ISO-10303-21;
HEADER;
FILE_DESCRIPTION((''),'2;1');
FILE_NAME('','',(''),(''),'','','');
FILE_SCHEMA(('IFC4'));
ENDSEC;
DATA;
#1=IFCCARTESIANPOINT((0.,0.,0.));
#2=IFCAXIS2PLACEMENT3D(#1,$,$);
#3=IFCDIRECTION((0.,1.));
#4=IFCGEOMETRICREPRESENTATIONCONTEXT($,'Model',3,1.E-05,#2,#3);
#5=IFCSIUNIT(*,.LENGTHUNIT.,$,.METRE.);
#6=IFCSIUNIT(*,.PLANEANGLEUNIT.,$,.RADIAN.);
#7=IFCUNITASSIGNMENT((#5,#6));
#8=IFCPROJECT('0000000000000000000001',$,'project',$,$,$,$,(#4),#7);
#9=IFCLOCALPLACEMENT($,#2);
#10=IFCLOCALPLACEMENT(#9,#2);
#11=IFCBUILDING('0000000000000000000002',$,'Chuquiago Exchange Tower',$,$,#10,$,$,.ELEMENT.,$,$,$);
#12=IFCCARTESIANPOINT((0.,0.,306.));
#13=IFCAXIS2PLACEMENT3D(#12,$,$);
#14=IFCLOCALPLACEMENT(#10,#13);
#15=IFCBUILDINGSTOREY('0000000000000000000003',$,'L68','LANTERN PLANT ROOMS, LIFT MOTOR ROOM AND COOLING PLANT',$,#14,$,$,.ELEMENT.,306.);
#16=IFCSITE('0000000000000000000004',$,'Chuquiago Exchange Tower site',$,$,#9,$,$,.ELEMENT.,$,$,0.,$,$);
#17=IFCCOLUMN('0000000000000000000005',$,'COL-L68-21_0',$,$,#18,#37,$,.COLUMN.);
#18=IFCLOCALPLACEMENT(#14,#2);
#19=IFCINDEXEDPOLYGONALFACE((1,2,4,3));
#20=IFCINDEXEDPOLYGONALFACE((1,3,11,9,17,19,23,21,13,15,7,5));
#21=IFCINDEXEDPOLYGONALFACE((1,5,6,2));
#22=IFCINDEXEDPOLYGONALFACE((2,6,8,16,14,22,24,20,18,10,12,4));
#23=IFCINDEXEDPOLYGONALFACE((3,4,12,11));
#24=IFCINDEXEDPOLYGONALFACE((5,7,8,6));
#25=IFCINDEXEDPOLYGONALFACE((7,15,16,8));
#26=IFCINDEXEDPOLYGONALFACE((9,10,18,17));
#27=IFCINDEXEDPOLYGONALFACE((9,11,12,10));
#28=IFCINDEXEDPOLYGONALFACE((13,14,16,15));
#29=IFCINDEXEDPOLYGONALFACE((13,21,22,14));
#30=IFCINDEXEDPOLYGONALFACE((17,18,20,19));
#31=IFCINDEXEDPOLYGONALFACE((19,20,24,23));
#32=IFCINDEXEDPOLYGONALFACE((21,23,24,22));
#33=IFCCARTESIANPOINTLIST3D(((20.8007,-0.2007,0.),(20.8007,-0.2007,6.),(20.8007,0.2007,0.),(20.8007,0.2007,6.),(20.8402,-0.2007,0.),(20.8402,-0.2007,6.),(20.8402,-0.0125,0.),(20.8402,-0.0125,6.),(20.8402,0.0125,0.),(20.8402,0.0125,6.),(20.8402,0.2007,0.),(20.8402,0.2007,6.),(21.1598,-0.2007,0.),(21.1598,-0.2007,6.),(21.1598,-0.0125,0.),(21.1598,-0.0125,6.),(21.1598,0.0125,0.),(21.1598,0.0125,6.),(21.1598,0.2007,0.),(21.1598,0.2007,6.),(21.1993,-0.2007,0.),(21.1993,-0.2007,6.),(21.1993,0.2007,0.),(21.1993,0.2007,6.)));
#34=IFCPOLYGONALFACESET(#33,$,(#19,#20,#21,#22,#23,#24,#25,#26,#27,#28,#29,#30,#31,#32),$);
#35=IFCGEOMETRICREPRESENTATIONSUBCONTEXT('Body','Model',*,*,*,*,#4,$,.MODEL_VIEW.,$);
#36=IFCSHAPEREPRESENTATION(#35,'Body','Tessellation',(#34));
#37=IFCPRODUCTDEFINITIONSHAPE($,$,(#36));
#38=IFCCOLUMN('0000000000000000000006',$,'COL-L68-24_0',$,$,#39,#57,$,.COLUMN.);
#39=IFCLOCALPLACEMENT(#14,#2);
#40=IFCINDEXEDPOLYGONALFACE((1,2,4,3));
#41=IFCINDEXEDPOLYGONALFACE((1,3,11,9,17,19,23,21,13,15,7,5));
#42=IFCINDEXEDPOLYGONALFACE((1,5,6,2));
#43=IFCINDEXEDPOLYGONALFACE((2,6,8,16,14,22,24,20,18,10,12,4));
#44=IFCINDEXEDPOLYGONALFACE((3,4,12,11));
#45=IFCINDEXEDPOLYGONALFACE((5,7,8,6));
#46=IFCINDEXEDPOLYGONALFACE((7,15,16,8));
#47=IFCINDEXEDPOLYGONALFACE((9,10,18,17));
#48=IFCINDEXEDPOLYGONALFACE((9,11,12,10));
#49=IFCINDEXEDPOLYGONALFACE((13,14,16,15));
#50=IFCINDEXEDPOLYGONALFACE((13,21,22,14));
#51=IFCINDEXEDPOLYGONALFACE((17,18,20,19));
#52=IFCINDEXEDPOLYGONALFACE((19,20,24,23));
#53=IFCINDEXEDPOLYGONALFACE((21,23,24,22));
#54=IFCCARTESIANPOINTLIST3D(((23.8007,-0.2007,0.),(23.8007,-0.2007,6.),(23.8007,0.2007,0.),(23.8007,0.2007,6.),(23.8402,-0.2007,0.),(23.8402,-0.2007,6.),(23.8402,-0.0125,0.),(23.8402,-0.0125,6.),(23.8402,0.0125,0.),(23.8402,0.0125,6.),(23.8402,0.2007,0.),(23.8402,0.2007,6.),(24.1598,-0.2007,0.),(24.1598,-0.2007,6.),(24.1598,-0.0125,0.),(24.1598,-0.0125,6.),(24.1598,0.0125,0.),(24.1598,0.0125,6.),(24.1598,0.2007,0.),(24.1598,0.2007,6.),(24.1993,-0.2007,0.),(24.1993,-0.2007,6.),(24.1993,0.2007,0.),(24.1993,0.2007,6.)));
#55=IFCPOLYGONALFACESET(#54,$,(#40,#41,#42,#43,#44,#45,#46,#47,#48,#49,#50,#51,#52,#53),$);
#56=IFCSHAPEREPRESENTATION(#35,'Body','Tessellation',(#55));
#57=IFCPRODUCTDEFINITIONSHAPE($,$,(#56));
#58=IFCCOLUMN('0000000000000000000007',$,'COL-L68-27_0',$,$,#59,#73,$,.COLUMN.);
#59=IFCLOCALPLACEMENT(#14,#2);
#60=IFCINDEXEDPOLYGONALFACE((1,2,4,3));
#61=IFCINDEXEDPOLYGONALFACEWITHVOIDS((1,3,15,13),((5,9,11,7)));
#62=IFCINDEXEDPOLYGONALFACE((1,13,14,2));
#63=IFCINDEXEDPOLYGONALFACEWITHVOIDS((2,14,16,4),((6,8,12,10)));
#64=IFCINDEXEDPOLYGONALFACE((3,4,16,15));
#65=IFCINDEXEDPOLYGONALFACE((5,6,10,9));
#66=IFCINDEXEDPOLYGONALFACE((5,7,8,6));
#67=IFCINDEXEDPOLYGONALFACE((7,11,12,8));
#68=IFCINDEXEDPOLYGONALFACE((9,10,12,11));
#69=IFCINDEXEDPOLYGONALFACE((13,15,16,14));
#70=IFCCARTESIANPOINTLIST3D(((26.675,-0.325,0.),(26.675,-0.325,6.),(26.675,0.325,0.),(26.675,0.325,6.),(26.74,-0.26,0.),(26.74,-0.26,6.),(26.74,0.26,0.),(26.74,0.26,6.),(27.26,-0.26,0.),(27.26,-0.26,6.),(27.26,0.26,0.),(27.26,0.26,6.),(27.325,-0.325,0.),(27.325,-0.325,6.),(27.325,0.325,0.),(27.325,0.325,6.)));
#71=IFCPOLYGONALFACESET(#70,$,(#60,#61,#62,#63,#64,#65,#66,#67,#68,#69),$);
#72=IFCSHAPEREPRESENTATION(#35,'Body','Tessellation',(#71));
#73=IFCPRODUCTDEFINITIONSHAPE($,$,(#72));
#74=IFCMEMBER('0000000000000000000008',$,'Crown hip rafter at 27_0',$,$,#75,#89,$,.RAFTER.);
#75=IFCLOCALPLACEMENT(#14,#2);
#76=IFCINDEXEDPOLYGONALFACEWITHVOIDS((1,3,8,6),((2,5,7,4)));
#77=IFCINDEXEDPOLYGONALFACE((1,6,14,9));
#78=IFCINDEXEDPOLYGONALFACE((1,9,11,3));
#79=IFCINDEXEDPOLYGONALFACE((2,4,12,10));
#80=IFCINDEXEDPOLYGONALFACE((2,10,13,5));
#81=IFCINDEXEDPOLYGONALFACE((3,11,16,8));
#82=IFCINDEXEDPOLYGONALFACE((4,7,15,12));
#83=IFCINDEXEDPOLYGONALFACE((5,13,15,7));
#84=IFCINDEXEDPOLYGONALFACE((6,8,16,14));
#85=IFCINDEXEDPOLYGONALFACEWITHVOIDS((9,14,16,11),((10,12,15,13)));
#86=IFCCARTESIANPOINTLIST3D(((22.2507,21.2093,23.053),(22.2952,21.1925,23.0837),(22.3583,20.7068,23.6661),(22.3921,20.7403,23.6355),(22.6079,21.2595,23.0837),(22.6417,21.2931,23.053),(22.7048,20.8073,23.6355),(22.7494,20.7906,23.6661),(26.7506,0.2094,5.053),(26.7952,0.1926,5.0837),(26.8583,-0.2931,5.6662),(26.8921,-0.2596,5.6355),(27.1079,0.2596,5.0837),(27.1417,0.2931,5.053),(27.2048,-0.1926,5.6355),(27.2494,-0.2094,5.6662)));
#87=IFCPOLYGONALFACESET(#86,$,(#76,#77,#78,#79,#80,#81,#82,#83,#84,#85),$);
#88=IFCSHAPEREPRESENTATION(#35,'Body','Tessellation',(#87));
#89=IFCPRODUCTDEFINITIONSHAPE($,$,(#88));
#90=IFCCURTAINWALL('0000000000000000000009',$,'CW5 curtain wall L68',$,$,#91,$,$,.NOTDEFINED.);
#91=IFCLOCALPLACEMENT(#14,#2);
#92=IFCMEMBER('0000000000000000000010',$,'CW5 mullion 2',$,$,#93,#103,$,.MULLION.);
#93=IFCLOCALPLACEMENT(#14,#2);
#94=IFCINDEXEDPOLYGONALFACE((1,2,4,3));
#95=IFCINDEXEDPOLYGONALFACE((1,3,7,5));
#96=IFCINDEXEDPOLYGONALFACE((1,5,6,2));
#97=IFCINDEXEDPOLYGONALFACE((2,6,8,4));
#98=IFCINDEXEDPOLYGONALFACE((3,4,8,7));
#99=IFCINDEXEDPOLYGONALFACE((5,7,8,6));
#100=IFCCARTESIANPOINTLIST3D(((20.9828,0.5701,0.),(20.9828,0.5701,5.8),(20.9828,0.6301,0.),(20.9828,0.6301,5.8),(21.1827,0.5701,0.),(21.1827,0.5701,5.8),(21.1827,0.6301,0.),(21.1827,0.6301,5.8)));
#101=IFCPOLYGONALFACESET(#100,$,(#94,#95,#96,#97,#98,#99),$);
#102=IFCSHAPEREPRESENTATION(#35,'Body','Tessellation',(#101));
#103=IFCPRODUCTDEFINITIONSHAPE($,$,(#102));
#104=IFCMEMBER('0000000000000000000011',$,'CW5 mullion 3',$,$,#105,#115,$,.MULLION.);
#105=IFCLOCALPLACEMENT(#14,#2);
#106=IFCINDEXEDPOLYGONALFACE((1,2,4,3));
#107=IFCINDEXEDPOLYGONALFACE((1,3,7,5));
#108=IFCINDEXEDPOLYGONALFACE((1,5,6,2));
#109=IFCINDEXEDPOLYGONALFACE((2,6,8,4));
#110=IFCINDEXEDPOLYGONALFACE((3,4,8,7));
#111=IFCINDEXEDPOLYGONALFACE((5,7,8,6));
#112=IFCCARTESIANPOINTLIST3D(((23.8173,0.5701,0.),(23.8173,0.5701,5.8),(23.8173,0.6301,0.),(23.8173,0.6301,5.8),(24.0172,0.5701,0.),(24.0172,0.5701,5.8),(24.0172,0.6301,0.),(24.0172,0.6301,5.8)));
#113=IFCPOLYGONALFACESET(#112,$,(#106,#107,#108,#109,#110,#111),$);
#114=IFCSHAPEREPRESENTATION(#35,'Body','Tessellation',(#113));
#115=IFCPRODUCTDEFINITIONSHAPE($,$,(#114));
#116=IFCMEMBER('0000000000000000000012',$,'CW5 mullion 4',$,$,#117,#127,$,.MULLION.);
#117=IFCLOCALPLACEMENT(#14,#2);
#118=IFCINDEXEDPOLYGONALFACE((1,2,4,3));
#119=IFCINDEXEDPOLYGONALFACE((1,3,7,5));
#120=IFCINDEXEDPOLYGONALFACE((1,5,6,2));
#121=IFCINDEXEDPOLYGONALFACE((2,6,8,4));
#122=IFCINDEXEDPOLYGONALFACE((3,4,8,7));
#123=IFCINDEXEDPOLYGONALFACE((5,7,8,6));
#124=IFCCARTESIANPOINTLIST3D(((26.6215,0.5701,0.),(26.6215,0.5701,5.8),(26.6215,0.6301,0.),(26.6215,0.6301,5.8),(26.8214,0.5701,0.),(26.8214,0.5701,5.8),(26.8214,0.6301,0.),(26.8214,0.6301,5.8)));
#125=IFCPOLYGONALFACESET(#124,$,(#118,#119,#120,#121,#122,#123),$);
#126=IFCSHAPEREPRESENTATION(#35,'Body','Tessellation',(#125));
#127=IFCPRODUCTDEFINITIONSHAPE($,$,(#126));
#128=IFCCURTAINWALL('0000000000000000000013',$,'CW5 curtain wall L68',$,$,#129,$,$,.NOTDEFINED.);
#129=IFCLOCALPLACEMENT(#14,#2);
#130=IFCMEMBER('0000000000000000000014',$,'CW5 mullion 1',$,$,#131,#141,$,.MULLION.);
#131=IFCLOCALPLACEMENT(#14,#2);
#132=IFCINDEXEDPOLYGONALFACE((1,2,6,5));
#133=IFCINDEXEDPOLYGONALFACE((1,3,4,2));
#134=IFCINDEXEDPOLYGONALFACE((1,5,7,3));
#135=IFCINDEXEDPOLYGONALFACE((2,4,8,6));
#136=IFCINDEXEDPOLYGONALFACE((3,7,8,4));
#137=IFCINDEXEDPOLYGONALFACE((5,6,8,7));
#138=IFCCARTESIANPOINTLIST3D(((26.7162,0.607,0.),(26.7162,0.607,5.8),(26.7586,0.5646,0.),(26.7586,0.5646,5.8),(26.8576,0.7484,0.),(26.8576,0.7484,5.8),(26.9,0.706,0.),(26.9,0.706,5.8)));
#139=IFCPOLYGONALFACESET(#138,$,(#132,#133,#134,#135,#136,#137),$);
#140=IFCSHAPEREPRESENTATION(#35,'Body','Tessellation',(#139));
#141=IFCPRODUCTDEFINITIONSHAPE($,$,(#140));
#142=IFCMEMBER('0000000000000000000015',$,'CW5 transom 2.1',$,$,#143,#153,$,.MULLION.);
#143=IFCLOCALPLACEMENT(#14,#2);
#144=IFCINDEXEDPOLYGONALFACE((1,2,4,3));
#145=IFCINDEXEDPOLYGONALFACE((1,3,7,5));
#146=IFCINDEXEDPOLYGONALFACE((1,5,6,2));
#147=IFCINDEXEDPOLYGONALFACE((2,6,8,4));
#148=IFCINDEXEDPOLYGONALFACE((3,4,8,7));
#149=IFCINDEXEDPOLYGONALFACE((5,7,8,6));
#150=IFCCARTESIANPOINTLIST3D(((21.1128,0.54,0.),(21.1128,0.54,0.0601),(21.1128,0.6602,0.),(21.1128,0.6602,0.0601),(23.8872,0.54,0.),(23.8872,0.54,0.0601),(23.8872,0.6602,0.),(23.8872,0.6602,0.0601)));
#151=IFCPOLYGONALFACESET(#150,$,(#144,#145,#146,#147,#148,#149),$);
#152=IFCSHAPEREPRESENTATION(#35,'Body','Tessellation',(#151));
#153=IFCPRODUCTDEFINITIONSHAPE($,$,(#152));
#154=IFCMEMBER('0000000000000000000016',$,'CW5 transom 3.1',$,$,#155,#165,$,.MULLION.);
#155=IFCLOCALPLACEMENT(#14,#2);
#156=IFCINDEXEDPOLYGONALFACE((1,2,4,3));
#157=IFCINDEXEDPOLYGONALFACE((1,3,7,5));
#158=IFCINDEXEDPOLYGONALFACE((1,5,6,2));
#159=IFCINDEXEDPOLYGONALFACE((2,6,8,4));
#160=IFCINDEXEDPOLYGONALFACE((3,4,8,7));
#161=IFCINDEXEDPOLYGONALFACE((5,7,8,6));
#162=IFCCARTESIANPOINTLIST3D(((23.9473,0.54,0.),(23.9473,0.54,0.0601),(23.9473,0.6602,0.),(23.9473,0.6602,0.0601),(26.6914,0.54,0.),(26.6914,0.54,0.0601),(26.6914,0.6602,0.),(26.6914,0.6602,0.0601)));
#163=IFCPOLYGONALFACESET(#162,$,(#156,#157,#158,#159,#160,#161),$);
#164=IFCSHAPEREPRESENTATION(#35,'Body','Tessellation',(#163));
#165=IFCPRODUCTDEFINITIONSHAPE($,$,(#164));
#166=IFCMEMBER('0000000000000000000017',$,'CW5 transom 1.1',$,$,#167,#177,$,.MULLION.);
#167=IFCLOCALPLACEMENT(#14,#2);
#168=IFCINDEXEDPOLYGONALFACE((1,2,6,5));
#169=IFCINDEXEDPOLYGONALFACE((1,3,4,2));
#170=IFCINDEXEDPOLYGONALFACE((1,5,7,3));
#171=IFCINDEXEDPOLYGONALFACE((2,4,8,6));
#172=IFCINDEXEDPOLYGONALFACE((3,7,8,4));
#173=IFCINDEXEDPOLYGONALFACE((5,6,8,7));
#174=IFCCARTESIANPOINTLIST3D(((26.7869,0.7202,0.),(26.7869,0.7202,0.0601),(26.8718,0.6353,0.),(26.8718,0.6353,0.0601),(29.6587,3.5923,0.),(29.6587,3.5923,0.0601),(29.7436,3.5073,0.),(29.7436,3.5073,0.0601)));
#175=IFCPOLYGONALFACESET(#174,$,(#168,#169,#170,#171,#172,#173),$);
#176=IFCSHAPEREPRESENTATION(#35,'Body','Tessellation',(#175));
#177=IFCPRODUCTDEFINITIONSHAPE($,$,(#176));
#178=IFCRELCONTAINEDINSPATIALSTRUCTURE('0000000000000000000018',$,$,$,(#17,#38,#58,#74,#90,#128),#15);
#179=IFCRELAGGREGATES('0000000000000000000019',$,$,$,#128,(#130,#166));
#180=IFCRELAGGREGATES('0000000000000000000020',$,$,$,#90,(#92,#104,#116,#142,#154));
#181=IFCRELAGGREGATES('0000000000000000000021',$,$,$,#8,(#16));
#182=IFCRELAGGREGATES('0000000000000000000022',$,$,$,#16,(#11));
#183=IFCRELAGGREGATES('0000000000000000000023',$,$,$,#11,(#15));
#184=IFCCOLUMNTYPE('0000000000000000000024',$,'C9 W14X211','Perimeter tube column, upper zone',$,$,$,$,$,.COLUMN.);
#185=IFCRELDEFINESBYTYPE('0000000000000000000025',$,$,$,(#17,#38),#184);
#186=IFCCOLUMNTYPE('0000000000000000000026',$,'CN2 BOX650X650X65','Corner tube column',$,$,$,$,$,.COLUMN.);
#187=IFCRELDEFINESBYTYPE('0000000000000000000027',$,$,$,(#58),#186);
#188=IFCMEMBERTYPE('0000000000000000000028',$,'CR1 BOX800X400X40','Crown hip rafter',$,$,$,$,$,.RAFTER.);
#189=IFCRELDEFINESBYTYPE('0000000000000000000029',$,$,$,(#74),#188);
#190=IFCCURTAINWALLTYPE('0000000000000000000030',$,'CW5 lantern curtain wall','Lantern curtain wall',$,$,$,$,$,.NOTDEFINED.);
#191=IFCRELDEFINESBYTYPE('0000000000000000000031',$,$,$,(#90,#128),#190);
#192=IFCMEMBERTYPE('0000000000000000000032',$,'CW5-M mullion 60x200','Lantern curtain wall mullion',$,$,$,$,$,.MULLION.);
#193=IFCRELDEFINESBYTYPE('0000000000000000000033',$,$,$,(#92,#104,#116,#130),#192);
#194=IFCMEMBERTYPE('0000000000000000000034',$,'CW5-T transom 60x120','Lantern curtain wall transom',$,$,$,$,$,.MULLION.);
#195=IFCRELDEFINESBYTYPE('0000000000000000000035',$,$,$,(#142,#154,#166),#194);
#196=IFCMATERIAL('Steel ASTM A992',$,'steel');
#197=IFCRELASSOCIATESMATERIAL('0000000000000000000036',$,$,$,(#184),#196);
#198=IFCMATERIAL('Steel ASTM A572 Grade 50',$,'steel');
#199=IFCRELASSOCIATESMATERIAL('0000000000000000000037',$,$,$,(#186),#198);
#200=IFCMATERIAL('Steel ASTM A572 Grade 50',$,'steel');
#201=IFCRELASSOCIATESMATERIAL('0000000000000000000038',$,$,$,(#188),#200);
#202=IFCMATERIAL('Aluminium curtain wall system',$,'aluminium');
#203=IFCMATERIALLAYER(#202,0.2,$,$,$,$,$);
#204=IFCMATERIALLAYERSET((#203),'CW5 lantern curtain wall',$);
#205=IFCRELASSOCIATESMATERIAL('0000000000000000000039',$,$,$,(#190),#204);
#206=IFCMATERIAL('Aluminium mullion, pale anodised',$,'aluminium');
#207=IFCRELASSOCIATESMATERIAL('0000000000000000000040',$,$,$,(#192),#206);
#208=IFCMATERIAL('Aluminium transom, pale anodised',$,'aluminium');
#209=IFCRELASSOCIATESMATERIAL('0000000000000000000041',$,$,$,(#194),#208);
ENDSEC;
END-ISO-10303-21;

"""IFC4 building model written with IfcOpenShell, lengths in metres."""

from ifc_helpers import new_model, si_unit, direction, frame, origin, origin_2d, place, context, subcontext, project, spatial, rectangle, hollow_rectangle, i_section, extrude, material, layer, layer_set, material_profile, profile_set, type_object, element, aggregate, save


model = new_model("IFC4")

# Units and contexts
model_context = context("Model", 3, precision=1e-05, world=origin(), true_north=direction((0.0, 1.0)))
body_context = subcontext(model_context, "Body", "Model", "MODEL_VIEW")
ifc_project = project(units=[si_unit("LENGTHUNIT", "METRE"), si_unit("PLANEANGLEUNIT", "RADIAN")], contexts=[model_context])

# Site, building, storey
site_placement = place(None, origin())
site = spatial("IfcSite", under=ifc_project, at=site_placement, Name="Chuquiago Exchange Tower site", CompositionType="ELEMENT", RefElevation=0.0)
building_placement = place(site_placement, origin())
building = spatial("IfcBuilding", under=site, at=building_placement, Name="Chuquiago Exchange Tower", CompositionType="ELEMENT")
storey_placement = place(building_placement, frame((0.0, 0.0, 306.0)))
storey = spatial("IfcBuildingStorey", under=building, at=storey_placement, Name="L68", Description="LANTERN PLANT ROOMS, LIFT MOTOR ROOM AND COOLING PLANT", CompositionType="ELEMENT", Elevation=306.0)

# Columns
ifc_material_1 = material(Name="Steel ASTM A992", Category="steel")
ifc_material_profile_1 = material_profile(ifc_material_1, i_section(OverallWidth=0.4014, OverallDepth=0.3987, WebThickness=0.0249, FlangeThickness=0.0396, at=origin_2d()), Name="W14X211")
ifc_profile_set_1 = profile_set([ifc_material_profile_1], Name="Steel ASTM A992")
column_type_1 = type_object("IfcColumnType", Name="C9 W14X211", Description="Perimeter tube column, upper zone", PredefinedType="COLUMN", material=ifc_profile_set_1)
for number, where, z_axis, x_axis, name in (
    (1, (21.0, 0.0, 0.0), (0.0, 0.0, 1.0), (0.0, -1.0, 0.0), "COL-L68-21_0"),
    (2, (24.0, 0.0, 0.0), (0.0, 0.0, 1.0), (0.0, -1.0, 0.0), "COL-L68-24_0"),
):
    element("IfcColumn", number, at=place(storey_placement, frame(where, z_axis=z_axis, x_axis=x_axis)), inside=storey, type_object=column_type_1, Name=name, PredefinedType="COLUMN", context=body_context, shape_type="SweptSolid", body=[
        extrude(i_section(OverallWidth=0.4014, OverallDepth=0.3987, WebThickness=0.0249, FlangeThickness=0.0396, at=origin_2d()), origin(), (0.0, 0.0, 1.0), 6.0),
    ])
ifc_material_2 = material(Name="Steel ASTM A572 Grade 50", Category="steel")
ifc_material_profile_2 = material_profile(ifc_material_2, hollow_rectangle(XDim=0.6499, YDim=0.6499, WallThickness=0.0649, at=origin_2d()), Name="BOX650X650X65")
ifc_profile_set_2 = profile_set([ifc_material_profile_2], Name="Steel ASTM A572 Grade 50")
column_type_2 = type_object("IfcColumnType", Name="CN2 BOX650X650X65", Description="Corner tube column", PredefinedType="COLUMN", material=ifc_profile_set_2)
column_placement = place(storey_placement, frame((27.0, 0.0, 0.0), z_axis=(0.0, 0.0, 1.0), x_axis=(0.0, -1.0, 0.0)))
element("IfcColumn", 3, at=column_placement, inside=storey, type_object=column_type_2, Name="COL-L68-27_0", PredefinedType="COLUMN", context=body_context, shape_type="SweptSolid", body=[
    extrude(hollow_rectangle(XDim=0.6499, YDim=0.6499, WallThickness=0.0649, at=origin_2d()), origin(), (0.0, 0.0, 1.0), 6.0),
])

# Member
ifc_material_3 = material(Name="Steel ASTM A572 Grade 50", Category="steel")
ifc_material_profile_3 = material_profile(ifc_material_3, hollow_rectangle(XDim=0.3999, YDim=0.8, WallThickness=0.04, at=origin_2d()), Name="BOX800X400X40")
ifc_profile_set_3 = profile_set([ifc_material_profile_3], Name="Steel ASTM A572 Grade 50")
member_type_1 = type_object("IfcMemberType", Name="CR1 BOX800X400X40", Description="Crown hip rafter", PredefinedType="RAFTER", material=ifc_profile_set_3)
member_1_placement = place(storey_placement, frame((27.0, 0.0, 5.3596), z_axis=(-0.160586, 0.749403, 0.642345), x_axis=(-0.977802, -0.209529, 0.0)))
element("IfcMember", 4, at=member_1_placement, inside=storey, type_object=member_type_1, Name="Crown hip rafter at 27_0", PredefinedType="RAFTER", context=body_context, shape_type="SweptSolid", body=[
    extrude(hollow_rectangle(XDim=0.3999, YDim=0.8, WallThickness=0.04, at=origin_2d()), origin(), (0.0, 0.0, 1.0), 28.0222),
])

# Curtain wall, members
ifc_material_4 = material(Name="Aluminium curtain wall system", Category="aluminium")
ifc_layer_1 = layer(ifc_material_4, 0.2)
ifc_layer_set_1 = layer_set([ifc_layer_1], Name="CW5 lantern curtain wall")
curtain_wall_type = type_object("IfcCurtainWallType", Name="CW5 lantern curtain wall", Description="Lantern curtain wall", PredefinedType="NOTDEFINED", material=ifc_layer_set_1)
curtain_wall_1_placement = place(storey_placement, origin())
curtain_wall_1 = element("IfcCurtainWall", 5, at=curtain_wall_1_placement, inside=storey, type_object=curtain_wall_type, Name="CW5 curtain wall L68", PredefinedType="NOTDEFINED")
ifc_material_5 = material(Name="Aluminium mullion, pale anodised", Category="aluminium")
ifc_material_profile_4 = material_profile(ifc_material_5, rectangle(XDim=0.0601, YDim=0.2, at=origin_2d()), Name="AL 60x200")
ifc_profile_set_4 = profile_set([ifc_material_profile_4], Name="Aluminium mullion, pale anodised")
member_type_2 = type_object("IfcMemberType", Name="CW5-M mullion 60x200", Description="Lantern curtain wall mullion", PredefinedType="MULLION", material=ifc_profile_set_4)
member_2_placement = place(storey_placement, frame((21.0828, 0.6001, 0.0), z_axis=(0.0, 0.0, 1.0), x_axis=(0.0, 1.0, 0.0)))
member_2 = element("IfcMember", 6, at=member_2_placement, type_object=member_type_2, Name="CW5 mullion 2", PredefinedType="MULLION", context=body_context, shape_type="SweptSolid", body=[
    extrude(rectangle(XDim=0.0601, YDim=0.2, at=origin_2d()), origin(), (0.0, 0.0, 1.0), 5.8),
])
member_3_placement = place(storey_placement, frame((23.9172, 0.6001, 0.0), z_axis=(0.0, 0.0, 1.0), x_axis=(0.0, 1.0, 0.0)))
member_3 = element("IfcMember", 7, at=member_3_placement, type_object=member_type_2, Name="CW5 mullion 3", PredefinedType="MULLION", context=body_context, shape_type="SweptSolid", body=[
    extrude(rectangle(XDim=0.0601, YDim=0.2, at=origin_2d()), origin(), (0.0, 0.0, 1.0), 5.8),
])
member_4_placement = place(storey_placement, frame((26.7214, 0.6001, 0.0), z_axis=(0.0, 0.0, 1.0), x_axis=(0.0, 1.0, 0.0)))
member_4 = element("IfcMember", 8, at=member_4_placement, type_object=member_type_2, Name="CW5 mullion 4", PredefinedType="MULLION", context=body_context, shape_type="SweptSolid", body=[
    extrude(rectangle(XDim=0.0601, YDim=0.2, at=origin_2d()), origin(), (0.0, 0.0, 1.0), 5.8),
])

# Curtain wall, member
curtain_wall_2_placement = place(storey_placement, origin())
curtain_wall_2 = element("IfcCurtainWall", 9, at=curtain_wall_2_placement, inside=storey, type_object=curtain_wall_type, Name="CW5 curtain wall L68", PredefinedType="NOTDEFINED")
member_5_placement = place(storey_placement, frame((26.8081, 0.6565, 0.0), z_axis=(0.0, 0.0, 1.0), x_axis=(-0.707105, 0.707109, 0.0)))
member_5 = element("IfcMember", 10, at=member_5_placement, type_object=member_type_2, Name="CW5 mullion 1", PredefinedType="MULLION", context=body_context, shape_type="SweptSolid", body=[
    extrude(rectangle(XDim=0.0601, YDim=0.2, at=origin_2d()), origin(), (0.0, 0.0, 1.0), 5.8),
])

# Members
ifc_material_6 = material(Name="Aluminium transom, pale anodised", Category="aluminium")
ifc_material_profile_5 = material_profile(ifc_material_6, rectangle(XDim=0.1201, YDim=0.0601, at=origin_2d()), Name="AL 120x60")
ifc_profile_set_5 = profile_set([ifc_material_profile_5], Name="Aluminium transom, pale anodised")
member_type_3 = type_object("IfcMemberType", Name="CW5-T transom 60x120", Description="Lantern curtain wall transom", PredefinedType="MULLION", material=ifc_profile_set_5)
member_6_placement = place(storey_placement, frame((21.1128, 0.6001, 0.03), z_axis=(1.0, 0.0, 0.0), x_axis=(0.0, 1.0, 0.0)))
member_6 = element("IfcMember", 11, at=member_6_placement, type_object=member_type_3, Name="CW5 transom 2.1", PredefinedType="MULLION", context=body_context, shape_type="SweptSolid", body=[
    extrude(rectangle(XDim=0.1201, YDim=0.0601, at=origin_2d()), origin(), (0.0, 0.0, 1.0), 2.7744),
])
member_7_placement = place(storey_placement, frame((23.9473, 0.6001, 0.03), z_axis=(1.0, 0.0, 0.0), x_axis=(0.0, 1.0, 0.0)))
member_7 = element("IfcMember", 12, at=member_7_placement, type_object=member_type_3, Name="CW5 transom 3.1", PredefinedType="MULLION", context=body_context, shape_type="SweptSolid", body=[
    extrude(rectangle(XDim=0.1201, YDim=0.0601, at=origin_2d()), origin(), (0.0, 0.0, 1.0), 2.7441),
])
member_8_placement = place(storey_placement, frame((26.8293, 0.6777, 0.03), z_axis=(0.707077, 0.707137, 0.0), x_axis=(-0.707137, 0.707077, 0.0)))
member_8 = element("IfcMember", 13, at=member_8_placement, type_object=member_type_3, Name="CW5 transom 1.1", PredefinedType="MULLION", context=body_context, shape_type="SweptSolid", body=[
    extrude(rectangle(XDim=0.1201, YDim=0.0601, at=origin_2d()), origin(), (0.0, 0.0, 1.0), 4.0615),
])

aggregate(curtain_wall_2, [member_5, member_8])
aggregate(curtain_wall_1, [member_2, member_3, member_4, member_6, member_7])

save(model, "model.ifc")
